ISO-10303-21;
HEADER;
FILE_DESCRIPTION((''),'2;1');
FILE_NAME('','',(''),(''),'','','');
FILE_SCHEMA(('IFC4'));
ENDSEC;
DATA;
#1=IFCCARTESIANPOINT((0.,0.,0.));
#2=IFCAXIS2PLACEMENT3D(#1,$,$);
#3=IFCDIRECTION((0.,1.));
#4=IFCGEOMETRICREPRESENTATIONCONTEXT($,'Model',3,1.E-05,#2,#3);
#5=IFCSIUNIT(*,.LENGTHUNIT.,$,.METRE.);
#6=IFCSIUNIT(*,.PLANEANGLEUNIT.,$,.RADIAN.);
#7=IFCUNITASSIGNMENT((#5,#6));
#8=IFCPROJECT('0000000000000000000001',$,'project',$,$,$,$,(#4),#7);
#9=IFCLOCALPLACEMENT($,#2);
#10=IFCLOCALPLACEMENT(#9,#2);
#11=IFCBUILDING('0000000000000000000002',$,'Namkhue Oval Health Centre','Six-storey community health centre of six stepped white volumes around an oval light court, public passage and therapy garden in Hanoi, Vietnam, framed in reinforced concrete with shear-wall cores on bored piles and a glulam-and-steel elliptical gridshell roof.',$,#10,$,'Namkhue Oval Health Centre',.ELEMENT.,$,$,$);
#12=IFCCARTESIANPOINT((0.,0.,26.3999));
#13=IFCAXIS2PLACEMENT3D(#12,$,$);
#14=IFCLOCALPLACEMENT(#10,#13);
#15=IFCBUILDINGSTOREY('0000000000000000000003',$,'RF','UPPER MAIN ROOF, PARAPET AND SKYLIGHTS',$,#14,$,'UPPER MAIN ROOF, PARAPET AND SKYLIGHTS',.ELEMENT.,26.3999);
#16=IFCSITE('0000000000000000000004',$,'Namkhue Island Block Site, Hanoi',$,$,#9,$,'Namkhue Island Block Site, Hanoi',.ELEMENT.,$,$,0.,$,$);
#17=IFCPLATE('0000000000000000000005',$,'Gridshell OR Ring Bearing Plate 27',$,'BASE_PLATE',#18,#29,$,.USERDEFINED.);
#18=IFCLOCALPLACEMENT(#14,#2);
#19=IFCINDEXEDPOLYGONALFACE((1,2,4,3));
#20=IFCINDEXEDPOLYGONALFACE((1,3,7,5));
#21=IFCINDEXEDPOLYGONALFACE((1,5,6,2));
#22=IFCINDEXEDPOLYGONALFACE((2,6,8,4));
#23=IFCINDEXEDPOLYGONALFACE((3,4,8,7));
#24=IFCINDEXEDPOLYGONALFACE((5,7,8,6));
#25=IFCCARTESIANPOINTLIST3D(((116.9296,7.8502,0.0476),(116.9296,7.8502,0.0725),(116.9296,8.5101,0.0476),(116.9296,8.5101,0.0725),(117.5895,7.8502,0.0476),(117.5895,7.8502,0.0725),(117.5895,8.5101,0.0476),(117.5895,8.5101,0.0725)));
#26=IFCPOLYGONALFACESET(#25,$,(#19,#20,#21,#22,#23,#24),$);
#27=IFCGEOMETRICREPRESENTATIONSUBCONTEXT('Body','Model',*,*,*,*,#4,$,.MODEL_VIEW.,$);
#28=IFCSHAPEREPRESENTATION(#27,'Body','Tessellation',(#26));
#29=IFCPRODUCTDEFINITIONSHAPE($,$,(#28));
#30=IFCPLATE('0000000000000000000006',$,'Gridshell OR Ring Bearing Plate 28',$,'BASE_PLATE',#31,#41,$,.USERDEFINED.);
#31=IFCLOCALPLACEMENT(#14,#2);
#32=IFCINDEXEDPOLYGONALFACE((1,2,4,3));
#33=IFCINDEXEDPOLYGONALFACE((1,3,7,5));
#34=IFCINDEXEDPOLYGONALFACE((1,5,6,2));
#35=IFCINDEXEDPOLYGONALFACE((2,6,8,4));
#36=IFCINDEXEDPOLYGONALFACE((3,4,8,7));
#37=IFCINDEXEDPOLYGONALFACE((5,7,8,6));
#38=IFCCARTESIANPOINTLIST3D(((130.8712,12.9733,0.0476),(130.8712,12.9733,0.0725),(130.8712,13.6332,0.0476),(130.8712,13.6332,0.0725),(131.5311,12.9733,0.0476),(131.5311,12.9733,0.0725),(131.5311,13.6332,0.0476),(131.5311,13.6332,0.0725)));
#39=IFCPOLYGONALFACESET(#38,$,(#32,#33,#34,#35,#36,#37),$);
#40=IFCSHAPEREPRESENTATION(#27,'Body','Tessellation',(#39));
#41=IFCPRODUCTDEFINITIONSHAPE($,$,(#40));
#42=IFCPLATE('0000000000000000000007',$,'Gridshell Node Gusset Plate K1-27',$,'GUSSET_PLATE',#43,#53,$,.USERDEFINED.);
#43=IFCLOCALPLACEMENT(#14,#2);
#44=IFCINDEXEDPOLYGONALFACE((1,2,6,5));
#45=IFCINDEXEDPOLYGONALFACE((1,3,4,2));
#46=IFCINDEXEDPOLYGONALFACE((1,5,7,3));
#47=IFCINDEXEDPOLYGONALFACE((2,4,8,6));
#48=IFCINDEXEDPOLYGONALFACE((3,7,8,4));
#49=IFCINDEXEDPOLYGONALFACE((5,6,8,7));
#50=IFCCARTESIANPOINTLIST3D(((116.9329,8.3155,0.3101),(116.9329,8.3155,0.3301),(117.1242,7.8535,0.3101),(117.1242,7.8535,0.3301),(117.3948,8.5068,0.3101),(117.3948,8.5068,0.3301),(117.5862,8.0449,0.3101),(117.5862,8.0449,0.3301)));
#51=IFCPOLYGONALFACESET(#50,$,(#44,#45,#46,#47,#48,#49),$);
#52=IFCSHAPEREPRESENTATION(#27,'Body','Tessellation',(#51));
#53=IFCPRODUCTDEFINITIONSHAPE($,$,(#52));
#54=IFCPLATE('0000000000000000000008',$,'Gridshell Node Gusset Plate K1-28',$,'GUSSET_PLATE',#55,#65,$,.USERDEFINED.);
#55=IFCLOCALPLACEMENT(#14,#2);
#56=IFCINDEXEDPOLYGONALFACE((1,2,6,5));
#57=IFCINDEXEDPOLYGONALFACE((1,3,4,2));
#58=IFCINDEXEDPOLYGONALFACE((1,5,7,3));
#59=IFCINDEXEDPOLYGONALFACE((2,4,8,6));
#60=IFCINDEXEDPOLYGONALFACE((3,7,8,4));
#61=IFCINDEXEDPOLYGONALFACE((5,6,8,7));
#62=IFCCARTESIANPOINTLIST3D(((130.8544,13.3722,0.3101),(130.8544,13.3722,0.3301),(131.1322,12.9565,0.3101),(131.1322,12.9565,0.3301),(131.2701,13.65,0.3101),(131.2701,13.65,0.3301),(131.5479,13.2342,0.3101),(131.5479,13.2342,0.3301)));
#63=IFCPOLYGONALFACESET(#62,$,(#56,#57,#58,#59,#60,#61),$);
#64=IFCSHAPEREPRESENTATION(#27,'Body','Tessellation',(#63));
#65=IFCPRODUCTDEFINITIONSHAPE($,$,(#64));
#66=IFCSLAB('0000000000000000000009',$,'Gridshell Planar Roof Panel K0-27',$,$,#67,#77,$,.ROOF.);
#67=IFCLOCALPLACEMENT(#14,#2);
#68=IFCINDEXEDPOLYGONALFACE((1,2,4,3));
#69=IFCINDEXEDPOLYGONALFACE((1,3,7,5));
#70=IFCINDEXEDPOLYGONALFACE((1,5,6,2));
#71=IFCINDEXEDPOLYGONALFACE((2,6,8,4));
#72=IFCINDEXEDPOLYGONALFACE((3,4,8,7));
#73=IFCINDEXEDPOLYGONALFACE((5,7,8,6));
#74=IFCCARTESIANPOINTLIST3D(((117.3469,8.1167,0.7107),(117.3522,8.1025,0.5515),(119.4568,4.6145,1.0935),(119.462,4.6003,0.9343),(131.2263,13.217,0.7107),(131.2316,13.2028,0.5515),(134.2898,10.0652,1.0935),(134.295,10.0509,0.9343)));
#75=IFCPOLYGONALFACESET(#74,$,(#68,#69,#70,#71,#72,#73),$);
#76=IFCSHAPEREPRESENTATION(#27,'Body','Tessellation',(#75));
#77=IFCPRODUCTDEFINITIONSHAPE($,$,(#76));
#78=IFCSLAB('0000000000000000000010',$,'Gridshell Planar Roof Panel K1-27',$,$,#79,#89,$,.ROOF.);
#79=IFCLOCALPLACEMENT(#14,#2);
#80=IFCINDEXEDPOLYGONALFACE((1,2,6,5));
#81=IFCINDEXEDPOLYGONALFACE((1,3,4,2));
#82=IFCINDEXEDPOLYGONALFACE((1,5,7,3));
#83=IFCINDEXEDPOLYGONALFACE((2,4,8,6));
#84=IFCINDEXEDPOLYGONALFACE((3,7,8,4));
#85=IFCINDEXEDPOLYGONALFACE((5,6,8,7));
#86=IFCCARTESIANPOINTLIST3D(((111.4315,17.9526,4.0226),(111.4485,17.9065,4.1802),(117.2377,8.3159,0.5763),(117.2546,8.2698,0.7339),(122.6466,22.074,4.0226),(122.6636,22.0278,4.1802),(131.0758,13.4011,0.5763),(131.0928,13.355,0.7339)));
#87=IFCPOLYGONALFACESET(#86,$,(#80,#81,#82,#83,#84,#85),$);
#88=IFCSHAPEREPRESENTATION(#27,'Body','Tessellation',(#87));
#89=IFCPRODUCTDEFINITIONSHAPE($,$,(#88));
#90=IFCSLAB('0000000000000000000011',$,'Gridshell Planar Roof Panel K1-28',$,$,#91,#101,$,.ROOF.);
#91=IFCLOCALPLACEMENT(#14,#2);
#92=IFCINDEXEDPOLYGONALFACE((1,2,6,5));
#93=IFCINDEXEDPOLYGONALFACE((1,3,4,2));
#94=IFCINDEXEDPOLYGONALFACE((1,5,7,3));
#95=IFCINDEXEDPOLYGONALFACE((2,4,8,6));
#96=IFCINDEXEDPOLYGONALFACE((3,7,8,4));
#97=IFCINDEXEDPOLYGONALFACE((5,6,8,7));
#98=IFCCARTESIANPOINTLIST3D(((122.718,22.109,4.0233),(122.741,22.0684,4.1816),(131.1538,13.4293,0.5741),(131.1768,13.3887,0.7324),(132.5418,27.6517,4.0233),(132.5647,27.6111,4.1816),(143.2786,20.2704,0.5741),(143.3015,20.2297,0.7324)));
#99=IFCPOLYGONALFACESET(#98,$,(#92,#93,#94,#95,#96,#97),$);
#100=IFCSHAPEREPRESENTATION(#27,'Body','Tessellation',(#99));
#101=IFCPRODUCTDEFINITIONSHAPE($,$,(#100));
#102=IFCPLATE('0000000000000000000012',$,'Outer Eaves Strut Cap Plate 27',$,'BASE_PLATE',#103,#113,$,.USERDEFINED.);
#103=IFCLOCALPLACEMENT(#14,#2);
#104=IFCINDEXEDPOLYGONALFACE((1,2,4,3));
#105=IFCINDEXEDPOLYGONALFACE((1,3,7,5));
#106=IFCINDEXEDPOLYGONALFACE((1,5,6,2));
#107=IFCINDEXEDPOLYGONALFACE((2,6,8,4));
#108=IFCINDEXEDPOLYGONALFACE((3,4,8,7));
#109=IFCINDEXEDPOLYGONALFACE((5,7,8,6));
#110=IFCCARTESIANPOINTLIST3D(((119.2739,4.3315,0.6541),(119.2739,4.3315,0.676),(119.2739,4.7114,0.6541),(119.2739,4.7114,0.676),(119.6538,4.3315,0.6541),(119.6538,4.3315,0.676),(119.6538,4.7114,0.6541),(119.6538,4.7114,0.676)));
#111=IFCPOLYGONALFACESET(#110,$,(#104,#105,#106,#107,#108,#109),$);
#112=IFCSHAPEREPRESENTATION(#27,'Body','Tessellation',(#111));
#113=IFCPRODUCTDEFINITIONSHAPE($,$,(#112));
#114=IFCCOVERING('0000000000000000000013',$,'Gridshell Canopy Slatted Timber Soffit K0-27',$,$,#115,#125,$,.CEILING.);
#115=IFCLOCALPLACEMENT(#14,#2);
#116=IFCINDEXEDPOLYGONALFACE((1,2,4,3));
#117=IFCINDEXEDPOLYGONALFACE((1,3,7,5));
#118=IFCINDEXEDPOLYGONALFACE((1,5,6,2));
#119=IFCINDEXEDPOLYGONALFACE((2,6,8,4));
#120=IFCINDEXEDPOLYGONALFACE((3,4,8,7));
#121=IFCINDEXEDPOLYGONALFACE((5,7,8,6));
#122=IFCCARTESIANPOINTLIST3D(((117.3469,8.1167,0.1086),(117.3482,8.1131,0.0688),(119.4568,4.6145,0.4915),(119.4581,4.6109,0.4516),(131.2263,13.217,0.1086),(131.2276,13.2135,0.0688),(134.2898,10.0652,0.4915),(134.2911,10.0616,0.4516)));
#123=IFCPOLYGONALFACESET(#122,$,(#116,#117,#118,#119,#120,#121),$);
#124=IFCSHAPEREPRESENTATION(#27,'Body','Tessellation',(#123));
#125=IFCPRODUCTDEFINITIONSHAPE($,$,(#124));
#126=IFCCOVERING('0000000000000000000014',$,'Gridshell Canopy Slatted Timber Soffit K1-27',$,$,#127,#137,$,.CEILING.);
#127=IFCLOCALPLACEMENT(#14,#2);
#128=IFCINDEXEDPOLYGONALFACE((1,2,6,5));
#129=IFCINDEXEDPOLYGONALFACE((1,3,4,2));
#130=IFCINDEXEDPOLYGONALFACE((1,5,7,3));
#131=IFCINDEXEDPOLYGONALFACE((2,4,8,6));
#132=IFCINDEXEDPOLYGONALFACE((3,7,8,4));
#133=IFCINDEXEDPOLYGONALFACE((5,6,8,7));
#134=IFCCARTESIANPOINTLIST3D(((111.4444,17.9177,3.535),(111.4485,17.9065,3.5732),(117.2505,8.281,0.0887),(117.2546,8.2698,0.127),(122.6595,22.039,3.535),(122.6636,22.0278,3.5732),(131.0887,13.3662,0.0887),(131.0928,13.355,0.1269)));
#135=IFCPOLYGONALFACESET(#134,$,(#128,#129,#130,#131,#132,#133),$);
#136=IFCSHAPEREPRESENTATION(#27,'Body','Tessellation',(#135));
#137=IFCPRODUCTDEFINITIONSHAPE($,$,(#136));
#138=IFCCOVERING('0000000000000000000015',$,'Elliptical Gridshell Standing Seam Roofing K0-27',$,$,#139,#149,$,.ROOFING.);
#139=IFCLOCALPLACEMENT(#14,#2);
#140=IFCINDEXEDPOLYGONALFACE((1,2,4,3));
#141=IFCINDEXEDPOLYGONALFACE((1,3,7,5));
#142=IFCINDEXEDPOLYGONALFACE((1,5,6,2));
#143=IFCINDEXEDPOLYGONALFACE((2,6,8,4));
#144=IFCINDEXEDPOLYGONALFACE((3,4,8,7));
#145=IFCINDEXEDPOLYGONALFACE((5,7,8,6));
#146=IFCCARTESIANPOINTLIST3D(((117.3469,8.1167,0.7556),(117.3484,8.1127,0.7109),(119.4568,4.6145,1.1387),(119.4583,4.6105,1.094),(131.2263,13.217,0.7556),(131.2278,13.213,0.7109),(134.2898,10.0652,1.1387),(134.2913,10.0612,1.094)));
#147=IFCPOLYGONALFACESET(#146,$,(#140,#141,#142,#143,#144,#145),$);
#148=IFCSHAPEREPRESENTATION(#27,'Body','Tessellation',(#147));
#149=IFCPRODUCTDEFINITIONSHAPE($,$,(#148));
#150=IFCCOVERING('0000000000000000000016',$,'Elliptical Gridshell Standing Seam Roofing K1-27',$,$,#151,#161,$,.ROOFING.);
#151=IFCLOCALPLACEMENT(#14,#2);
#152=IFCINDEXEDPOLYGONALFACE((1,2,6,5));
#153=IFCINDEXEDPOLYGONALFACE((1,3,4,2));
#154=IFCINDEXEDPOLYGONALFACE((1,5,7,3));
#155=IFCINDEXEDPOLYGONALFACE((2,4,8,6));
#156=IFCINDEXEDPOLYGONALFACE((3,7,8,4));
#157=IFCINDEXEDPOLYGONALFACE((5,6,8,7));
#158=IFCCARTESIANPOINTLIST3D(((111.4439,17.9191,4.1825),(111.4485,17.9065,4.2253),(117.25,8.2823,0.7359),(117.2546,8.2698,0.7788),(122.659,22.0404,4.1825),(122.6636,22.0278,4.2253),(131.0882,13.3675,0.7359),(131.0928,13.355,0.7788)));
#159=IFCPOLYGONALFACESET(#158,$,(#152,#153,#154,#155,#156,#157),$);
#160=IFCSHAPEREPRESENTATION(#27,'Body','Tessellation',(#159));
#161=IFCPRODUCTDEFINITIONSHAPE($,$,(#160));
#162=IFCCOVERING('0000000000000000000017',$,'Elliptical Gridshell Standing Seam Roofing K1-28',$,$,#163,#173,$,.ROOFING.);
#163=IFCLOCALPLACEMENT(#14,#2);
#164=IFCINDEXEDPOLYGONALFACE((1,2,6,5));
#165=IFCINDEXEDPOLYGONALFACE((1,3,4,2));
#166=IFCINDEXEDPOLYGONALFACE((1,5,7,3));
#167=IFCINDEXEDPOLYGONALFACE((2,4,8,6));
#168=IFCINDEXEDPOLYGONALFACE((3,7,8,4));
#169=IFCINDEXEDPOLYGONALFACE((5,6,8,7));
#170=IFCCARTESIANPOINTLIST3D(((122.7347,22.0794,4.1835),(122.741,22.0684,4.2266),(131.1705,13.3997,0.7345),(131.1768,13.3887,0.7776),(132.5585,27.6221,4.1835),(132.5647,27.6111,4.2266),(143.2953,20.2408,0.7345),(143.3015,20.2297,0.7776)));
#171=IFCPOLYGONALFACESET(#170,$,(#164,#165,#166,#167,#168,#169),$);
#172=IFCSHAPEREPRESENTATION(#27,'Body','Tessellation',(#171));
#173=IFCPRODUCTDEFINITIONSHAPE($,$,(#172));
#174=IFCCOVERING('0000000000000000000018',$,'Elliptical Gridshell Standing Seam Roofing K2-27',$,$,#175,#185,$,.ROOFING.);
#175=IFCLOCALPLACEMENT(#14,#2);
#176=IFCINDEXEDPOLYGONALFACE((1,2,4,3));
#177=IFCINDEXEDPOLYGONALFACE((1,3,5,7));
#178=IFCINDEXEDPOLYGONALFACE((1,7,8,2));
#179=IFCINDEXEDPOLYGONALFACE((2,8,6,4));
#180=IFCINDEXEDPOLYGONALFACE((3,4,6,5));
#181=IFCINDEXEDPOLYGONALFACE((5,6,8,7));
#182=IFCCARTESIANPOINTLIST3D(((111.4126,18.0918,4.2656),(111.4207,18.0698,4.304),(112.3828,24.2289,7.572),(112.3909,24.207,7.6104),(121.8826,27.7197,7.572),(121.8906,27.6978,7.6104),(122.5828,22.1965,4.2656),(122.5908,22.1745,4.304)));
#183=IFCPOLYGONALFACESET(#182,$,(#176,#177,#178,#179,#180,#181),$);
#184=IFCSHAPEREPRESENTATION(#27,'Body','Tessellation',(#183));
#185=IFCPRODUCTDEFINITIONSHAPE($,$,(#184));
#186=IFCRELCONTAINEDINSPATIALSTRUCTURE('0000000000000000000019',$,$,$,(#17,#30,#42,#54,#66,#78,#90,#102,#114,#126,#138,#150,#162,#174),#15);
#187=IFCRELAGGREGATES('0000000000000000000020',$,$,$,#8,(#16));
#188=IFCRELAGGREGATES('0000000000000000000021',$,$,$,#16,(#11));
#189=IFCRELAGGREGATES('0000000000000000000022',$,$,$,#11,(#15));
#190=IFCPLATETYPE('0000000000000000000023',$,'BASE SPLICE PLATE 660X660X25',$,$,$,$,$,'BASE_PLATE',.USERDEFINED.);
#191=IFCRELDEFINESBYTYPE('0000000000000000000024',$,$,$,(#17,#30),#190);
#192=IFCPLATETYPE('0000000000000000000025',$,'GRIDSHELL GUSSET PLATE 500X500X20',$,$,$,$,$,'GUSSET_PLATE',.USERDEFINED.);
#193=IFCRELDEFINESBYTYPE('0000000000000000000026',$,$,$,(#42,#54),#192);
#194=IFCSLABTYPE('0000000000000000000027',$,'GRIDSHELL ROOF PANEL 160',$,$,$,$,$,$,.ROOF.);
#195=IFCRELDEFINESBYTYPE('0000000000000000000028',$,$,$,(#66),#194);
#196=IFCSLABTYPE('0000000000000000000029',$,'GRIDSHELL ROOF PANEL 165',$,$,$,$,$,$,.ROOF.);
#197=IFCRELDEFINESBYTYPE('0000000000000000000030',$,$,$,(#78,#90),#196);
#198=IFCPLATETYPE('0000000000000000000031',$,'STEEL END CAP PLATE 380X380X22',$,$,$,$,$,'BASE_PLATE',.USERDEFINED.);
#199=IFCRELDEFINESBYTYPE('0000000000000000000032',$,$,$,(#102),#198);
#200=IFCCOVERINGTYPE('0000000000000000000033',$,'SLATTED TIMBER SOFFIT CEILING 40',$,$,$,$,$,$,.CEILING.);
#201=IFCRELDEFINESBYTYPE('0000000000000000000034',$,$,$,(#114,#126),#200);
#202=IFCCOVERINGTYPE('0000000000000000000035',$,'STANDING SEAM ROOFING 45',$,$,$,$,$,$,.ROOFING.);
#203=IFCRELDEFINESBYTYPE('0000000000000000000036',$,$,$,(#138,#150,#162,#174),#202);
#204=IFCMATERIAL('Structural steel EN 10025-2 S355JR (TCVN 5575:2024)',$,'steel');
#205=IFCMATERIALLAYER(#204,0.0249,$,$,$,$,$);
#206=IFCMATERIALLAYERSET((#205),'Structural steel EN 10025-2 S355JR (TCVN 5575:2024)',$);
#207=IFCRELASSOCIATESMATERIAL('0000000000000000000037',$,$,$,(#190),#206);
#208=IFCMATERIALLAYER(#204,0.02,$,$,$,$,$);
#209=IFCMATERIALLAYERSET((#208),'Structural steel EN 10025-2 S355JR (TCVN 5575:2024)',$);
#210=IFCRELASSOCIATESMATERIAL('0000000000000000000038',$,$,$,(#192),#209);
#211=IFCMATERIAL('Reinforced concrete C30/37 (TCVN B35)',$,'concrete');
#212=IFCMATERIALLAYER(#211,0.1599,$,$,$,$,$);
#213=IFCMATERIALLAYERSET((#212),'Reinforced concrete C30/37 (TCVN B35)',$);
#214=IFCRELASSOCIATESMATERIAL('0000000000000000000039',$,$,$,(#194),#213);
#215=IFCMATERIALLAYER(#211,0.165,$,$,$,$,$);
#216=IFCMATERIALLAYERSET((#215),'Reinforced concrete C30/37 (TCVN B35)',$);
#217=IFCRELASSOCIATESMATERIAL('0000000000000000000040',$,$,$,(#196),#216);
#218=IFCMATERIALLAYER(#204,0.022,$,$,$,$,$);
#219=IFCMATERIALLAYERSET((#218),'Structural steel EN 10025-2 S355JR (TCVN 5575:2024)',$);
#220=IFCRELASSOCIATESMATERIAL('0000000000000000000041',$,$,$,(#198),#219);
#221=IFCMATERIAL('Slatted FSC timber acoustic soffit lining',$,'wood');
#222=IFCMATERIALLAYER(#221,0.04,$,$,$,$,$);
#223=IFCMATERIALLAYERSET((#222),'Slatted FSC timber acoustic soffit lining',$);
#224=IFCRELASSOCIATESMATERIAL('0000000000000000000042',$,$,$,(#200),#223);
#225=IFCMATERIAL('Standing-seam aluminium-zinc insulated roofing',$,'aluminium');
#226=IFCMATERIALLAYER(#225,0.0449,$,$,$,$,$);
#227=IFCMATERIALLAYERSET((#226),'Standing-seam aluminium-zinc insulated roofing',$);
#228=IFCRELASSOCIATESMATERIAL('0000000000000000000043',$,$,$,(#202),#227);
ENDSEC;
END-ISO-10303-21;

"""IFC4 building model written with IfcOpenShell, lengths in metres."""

from ifc_helpers import new_model, si_unit, direction, frame, origin, origin_2d, place, context, subcontext, project, spatial, polyline, rectangle, outline, extrude, material, layer, layer_set, type_object, element, save


model = new_model("IFC4")

# Units and contexts
model_context = context("Model", 3, precision=1e-05, world=origin(), true_north=direction((0.0, 1.0)))
body_context = subcontext(model_context, "Body", "Model", "MODEL_VIEW")
ifc_project = project(units=[si_unit("LENGTHUNIT", "METRE"), si_unit("PLANEANGLEUNIT", "RADIAN")], contexts=[model_context])

# Site, building, storey
site_placement = place(None, origin())
site = spatial("IfcSite", under=ifc_project, at=site_placement, Name="Namkhue Island Block Site, Hanoi", LongName="Namkhue Island Block Site, Hanoi", CompositionType="ELEMENT", RefElevation=0.0)
building_placement = place(site_placement, origin())
building = spatial("IfcBuilding", under=site, at=building_placement, Name="Namkhue Oval Health Centre", Description="Six-storey community health centre of six stepped white volumes around an oval light court, public passage and therapy garden in Hanoi, Vietnam, framed in reinforced concrete with shear-wall cores on bored piles and a glulam-and-steel elliptical gridshell roof.", LongName="Namkhue Oval Health Centre", CompositionType="ELEMENT")
storey_placement = place(building_placement, frame((0.0, 0.0, 26.3999)))
storey = spatial("IfcBuildingStorey", under=building, at=storey_placement, Name="RF", Description="UPPER MAIN ROOF, PARAPET AND SKYLIGHTS", LongName="UPPER MAIN ROOF, PARAPET AND SKYLIGHTS", CompositionType="ELEMENT", Elevation=26.3999)

# Shared definitions
ifc_material_1 = material(Name="Structural steel EN 10025-2 S355JR (TCVN 5575:2024)", Category="steel")

# Plates
ifc_layer_1 = layer(ifc_material_1, 0.0249)
ifc_layer_set_1 = layer_set([ifc_layer_1], Name="Structural steel EN 10025-2 S355JR (TCVN 5575:2024)")
plate_type_1 = type_object("IfcPlateType", Name="BASE SPLICE PLATE 660X660X25", ElementType="BASE_PLATE", PredefinedType="USERDEFINED", material=ifc_layer_set_1)
for number, where, z_axis, x_axis, name in (
    (1, (117.2595, 8.1802, 0.0476), (0.0, 0.0, 1.0), (1.0, 0.0, 0.0), "Gridshell OR Ring Bearing Plate 27"),
    (2, (131.2012, 13.3032, 0.0476), (0.0, 0.0, 1.0), (1.0, 0.0, 0.0), "Gridshell OR Ring Bearing Plate 28"),
):
    element("IfcPlate", number, at=place(storey_placement, frame(where, z_axis=z_axis, x_axis=x_axis)), inside=storey, type_object=plate_type_1, Name=name, ObjectType="BASE_PLATE", PredefinedType="USERDEFINED", context=body_context, shape_type="SweptSolid", body=[
        extrude(rectangle(XDim=0.6599, YDim=0.6599, at=origin_2d()), origin(), (0.0, 0.0, 1.0), 0.0249),
    ])
ifc_layer_2 = layer(ifc_material_1, 0.02)
ifc_layer_set_2 = layer_set([ifc_layer_2], Name="Structural steel EN 10025-2 S355JR (TCVN 5575:2024)")
plate_type_2 = type_object("IfcPlateType", Name="GRIDSHELL GUSSET PLATE 500X500X20", ElementType="GUSSET_PLATE", PredefinedType="USERDEFINED", material=ifc_layer_set_2)
for number, where, z_axis, x_axis, name in (
    (3, (117.2595, 8.1802, 0.3101), (0.0, 0.0, 1.0), (0.382683, -0.92388, 0.0), "Gridshell Node Gusset Plate K1-27"),
    (4, (131.2012, 13.3032, 0.3101), (0.0, 0.0, 1.0), (0.55557, -0.83147, 0.0), "Gridshell Node Gusset Plate K1-28"),
):
    element("IfcPlate", number, at=place(storey_placement, frame(where, z_axis=z_axis, x_axis=x_axis)), inside=storey, type_object=plate_type_2, Name=name, ObjectType="GUSSET_PLATE", PredefinedType="USERDEFINED", context=body_context, shape_type="SweptSolid", body=[
        extrude(rectangle(XDim=0.5, YDim=0.5, at=origin_2d()), origin(), (0.0, 0.0, 1.0), 0.02),
    ])

# Slabs
ifc_material_2 = material(Name="Reinforced concrete C30/37 (TCVN B35)", Category="concrete")
ifc_layer_3 = layer(ifc_material_2, 0.1599)
ifc_layer_set_3 = layer_set([ifc_layer_3], Name="Reinforced concrete C30/37 (TCVN B35)")
slab_type_1 = type_object("IfcSlabType", Name="GRIDSHELL ROOF PANEL 160", PredefinedType="ROOF", material=ifc_layer_set_3)
slab_1_placement = place(storey_placement, frame((119.4568, 4.6145, 1.0935), z_axis=(-0.032738, 0.089089, 0.995485), x_axis=(0.938632, 0.344919, 0.0)))
element("IfcSlab", 5, at=slab_1_placement, inside=storey, type_object=slab_type_1, Name="Gridshell Planar Roof Panel K0-27", PredefinedType="ROOF", context=body_context, shape_type="SweptSolid", body=[
    extrude(outline(polyline([(0.0, 0.0), (15.8028, 0.0), (14.0144, 4.0333), (-0.7724, 4.0332), (0.0, 0.0)])), origin(), (0.0, 0.0, -1.0), 0.1599),
])
ifc_layer_4 = layer(ifc_material_2, 0.165)
ifc_layer_set_4 = layer_set([ifc_layer_4], Name="Reinforced concrete C30/37 (TCVN B35)")
slab_type_2 = type_object("IfcSlabType", Name="GRIDSHELL ROOF PANEL 165", PredefinedType="ROOF", material=ifc_layer_set_4)
slab_2_placement = place(storey_placement, frame((117.2546, 8.2698, 0.7339), z_axis=(0.102714, -0.27951, 0.954633), x_axis=(0.93863, 0.344926, 0.0)))
element("IfcSlab", 6, at=slab_2_placement, inside=storey, type_object=slab_type_2, Name="Gridshell Planar Roof Panel K1-27", PredefinedType="ROOF", context=body_context, shape_type="SweptSolid", body=[
    extrude(outline(polyline([(0.0, 0.0), (14.7429, 0.0), (9.8225, 11.5731), (-2.1259, 11.573), (0.0, 0.0)])), origin(), (0.0, 0.0, -1.0), 0.165),
])
slab_3_placement = place(storey_placement, frame((131.1768, 13.3887, 0.7324), z_axis=(0.138903, -0.246185, 0.959218), x_axis=(0.870934, 0.491401, 0.0)))
element("IfcSlab", 7, at=slab_3_placement, inside=storey, type_object=slab_type_2, Name="Gridshell Planar Roof Panel K1-28", PredefinedType="ROOF", context=body_context, shape_type="SweptSolid", body=[
    extrude(outline(polyline([(0.0, 0.0), (13.9216, 0.0), (8.1977, 12.2024), (-3.0818, 12.2024), (0.0, 0.0)])), origin(), (0.0, 0.0, -1.0), 0.165),
])

# Plate
ifc_layer_5 = layer(ifc_material_1, 0.022)
ifc_layer_set_5 = layer_set([ifc_layer_5], Name="Structural steel EN 10025-2 S355JR (TCVN 5575:2024)")
plate_type_3 = type_object("IfcPlateType", Name="STEEL END CAP PLATE 380X380X22", ElementType="BASE_PLATE", PredefinedType="USERDEFINED", material=ifc_layer_set_5)
plate_placement = place(storey_placement, frame((119.4639, 4.5215, 0.6541), z_axis=(0.0, 0.0, 1.0), x_axis=(1.0, 0.0, 0.0)))
element("IfcPlate", 8, at=plate_placement, inside=storey, type_object=plate_type_3, Name="Outer Eaves Strut Cap Plate 27", ObjectType="BASE_PLATE", PredefinedType="USERDEFINED", context=body_context, shape_type="SweptSolid", body=[
    extrude(rectangle(XDim=0.3799, YDim=0.3799, at=origin_2d()), origin(), (0.0, 0.0, 1.0), 0.022),
])

# Coverings
ifc_material_3 = material(Name="Slatted FSC timber acoustic soffit lining", Category="wood")
ifc_layer_6 = layer(ifc_material_3, 0.04)
ifc_layer_set_6 = layer_set([ifc_layer_6], Name="Slatted FSC timber acoustic soffit lining")
covering_type_1 = type_object("IfcCoveringType", Name="SLATTED TIMBER SOFFIT CEILING 40", PredefinedType="CEILING", material=ifc_layer_set_6)
covering_1_placement = place(storey_placement, frame((119.4568, 4.6145, 0.4915), z_axis=(-0.032738, 0.089089, 0.995485), x_axis=(0.938632, 0.344919, 0.0)))
element("IfcCovering", 9, at=covering_1_placement, inside=storey, type_object=covering_type_1, Name="Gridshell Canopy Slatted Timber Soffit K0-27", PredefinedType="CEILING", context=body_context, shape_type="SweptSolid", body=[
    extrude(outline(polyline([(0.0, 0.0), (15.8028, 0.0), (14.0144, 4.0333), (-0.7724, 4.0332), (0.0, 0.0)])), origin(), (0.0, 0.0, -1.0), 0.04),
])
covering_2_placement = place(storey_placement, frame((117.2546, 8.2698, 0.127), z_axis=(0.102714, -0.27951, 0.954633), x_axis=(0.93863, 0.344926, 0.0)))
element("IfcCovering", 10, at=covering_2_placement, inside=storey, type_object=covering_type_1, Name="Gridshell Canopy Slatted Timber Soffit K1-27", PredefinedType="CEILING", context=body_context, shape_type="SweptSolid", body=[
    extrude(outline(polyline([(0.0, 0.0), (14.7429, 0.0), (9.8225, 11.5731), (-2.1259, 11.573), (0.0, 0.0)])), origin(), (0.0, 0.0, -1.0), 0.04),
])
ifc_material_4 = material(Name="Standing-seam aluminium-zinc insulated roofing", Category="aluminium")
ifc_layer_7 = layer(ifc_material_4, 0.0449)
ifc_layer_set_7 = layer_set([ifc_layer_7], Name="Standing-seam aluminium-zinc insulated roofing")
covering_type_2 = type_object("IfcCoveringType", Name="STANDING SEAM ROOFING 45", PredefinedType="ROOFING", material=ifc_layer_set_7)
covering_3_placement = place(storey_placement, frame((119.4568, 4.6145, 1.1387), z_axis=(-0.032759, 0.089146, 0.99548), x_axis=(0.938632, 0.344919, 0.0)))
element("IfcCovering", 11, at=covering_3_placement, inside=storey, type_object=covering_type_2, Name="Elliptical Gridshell Standing Seam Roofing K0-27", PredefinedType="ROOFING", context=body_context, shape_type="SweptSolid", body=[
    extrude(outline(polyline([(0.0, 0.0), (15.8028, 0.0), (14.0144, 4.0333), (-0.7724, 4.0332), (0.0, 0.0)])), origin(), (0.0, 0.0, -1.0), 0.0449),
])
covering_4_placement = place(storey_placement, frame((117.2546, 8.2698, 0.7788), z_axis=(0.102721, -0.279528, 0.954627), x_axis=(0.93863, 0.344926, 0.0)))
element("IfcCovering", 12, at=covering_4_placement, inside=storey, type_object=covering_type_2, Name="Elliptical Gridshell Standing Seam Roofing K1-27", PredefinedType="ROOFING", context=body_context, shape_type="SweptSolid", body=[
    extrude(outline(polyline([(0.0, 0.0), (14.7429, 0.0), (9.8225, 11.5732), (-2.1259, 11.5731), (0.0, 0.0)])), origin(), (0.0, 0.0, -1.0), 0.0449),
])
covering_5_placement = place(storey_placement, frame((131.1768, 13.3887, 0.7776), z_axis=(0.138893, -0.246169, 0.959223), x_axis=(0.870934, 0.491401, 0.0)))
element("IfcCovering", 13, at=covering_5_placement, inside=storey, type_object=covering_type_2, Name="Elliptical Gridshell Standing Seam Roofing K1-28", PredefinedType="ROOFING", context=body_context, shape_type="SweptSolid", body=[
    extrude(outline(polyline([(0.0, 0.0), (13.9216, 0.0), (8.1977, 12.2023), (-3.0818, 12.2024), (0.0, 0.0)])), origin(), (0.0, 0.0, -1.0), 0.0449),
])
covering_6_placement = place(storey_placement, frame((111.4207, 18.0698, 4.304), z_axis=(0.179484, -0.488439, 0.85394), x_axis=(0.938632, 0.34492, 0.000003)))
element("IfcCovering", 14, at=covering_6_placement, inside=storey, type_object=covering_type_2, Name="Elliptical Gridshell Standing Seam Roofing K2-27", PredefinedType="ROOFING", context=body_context, shape_type="SweptSolid", body=[
    extrude(outline(polyline([(0.0, 0.0), (11.9005, 0.0), (13.1483, 6.3538), (3.0275, 6.354), (0.0, 0.0)])), origin(), (0.0, 0.0, -1.0), 0.0449),
])

save(model, "model.ifc")
